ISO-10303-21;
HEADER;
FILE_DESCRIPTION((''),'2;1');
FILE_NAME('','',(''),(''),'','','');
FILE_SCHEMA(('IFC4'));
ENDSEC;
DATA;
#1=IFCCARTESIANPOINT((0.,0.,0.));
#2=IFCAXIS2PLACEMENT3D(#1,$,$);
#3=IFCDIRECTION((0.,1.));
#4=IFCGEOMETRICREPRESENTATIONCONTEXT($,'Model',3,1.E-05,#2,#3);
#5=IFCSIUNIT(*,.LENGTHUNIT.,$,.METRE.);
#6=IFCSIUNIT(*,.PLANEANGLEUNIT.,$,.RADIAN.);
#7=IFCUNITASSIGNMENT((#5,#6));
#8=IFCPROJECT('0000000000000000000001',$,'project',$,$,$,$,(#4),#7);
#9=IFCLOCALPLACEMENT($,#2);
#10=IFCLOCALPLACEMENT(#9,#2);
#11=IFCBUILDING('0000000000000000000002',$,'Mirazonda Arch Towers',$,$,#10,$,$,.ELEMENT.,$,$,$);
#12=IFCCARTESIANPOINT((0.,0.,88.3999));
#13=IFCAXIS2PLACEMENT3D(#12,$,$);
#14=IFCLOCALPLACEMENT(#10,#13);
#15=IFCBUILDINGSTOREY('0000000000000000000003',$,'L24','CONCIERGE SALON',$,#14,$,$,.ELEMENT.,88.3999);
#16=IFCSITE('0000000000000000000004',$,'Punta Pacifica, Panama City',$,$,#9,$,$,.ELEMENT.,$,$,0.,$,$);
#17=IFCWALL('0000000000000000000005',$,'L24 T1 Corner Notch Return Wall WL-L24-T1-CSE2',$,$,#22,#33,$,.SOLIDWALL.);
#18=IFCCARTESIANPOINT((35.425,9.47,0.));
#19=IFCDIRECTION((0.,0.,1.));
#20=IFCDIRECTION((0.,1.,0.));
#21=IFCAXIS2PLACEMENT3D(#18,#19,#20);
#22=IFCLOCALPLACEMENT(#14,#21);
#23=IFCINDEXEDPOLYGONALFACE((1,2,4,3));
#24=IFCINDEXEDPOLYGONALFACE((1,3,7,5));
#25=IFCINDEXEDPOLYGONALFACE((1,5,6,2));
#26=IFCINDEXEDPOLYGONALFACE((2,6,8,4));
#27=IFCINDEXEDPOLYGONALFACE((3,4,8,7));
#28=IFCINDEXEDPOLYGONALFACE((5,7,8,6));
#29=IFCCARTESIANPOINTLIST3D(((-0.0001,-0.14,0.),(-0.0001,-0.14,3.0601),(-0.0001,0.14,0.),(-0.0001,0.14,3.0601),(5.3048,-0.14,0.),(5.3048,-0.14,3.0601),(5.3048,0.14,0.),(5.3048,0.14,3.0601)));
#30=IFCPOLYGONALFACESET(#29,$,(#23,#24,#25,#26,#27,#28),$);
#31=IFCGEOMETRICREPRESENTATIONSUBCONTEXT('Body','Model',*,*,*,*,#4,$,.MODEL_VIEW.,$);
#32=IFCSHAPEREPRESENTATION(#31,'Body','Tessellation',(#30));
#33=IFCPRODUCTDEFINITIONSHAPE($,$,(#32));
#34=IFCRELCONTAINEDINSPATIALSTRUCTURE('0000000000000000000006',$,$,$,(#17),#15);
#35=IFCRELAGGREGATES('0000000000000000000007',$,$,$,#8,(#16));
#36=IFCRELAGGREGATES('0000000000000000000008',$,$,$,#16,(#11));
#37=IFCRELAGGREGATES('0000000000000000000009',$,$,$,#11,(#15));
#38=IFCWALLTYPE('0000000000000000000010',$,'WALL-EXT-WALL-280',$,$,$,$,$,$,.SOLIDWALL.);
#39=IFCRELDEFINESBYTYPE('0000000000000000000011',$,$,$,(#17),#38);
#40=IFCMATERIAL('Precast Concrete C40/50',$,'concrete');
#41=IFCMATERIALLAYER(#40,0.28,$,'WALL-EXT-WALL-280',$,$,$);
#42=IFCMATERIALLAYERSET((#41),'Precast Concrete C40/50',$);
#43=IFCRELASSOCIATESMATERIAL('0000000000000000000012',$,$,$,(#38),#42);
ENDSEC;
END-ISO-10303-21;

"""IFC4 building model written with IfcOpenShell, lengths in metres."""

from ifc_helpers import new_model, si_unit, direction, frame, frame_2d, origin, place, context, subcontext, project, spatial, rectangle, extrude, material, layer, layer_set, type_object, element, save


model = new_model("IFC4")

# Units and contexts
model_context = context("Model", 3, precision=1e-05, world=origin(), true_north=direction((0.0, 1.0)))
body_context = subcontext(model_context, "Body", "Model", "MODEL_VIEW")
ifc_project = project(units=[si_unit("LENGTHUNIT", "METRE"), si_unit("PLANEANGLEUNIT", "RADIAN")], contexts=[model_context])

# Site, building, storey
site_placement = place(None, origin())
site = spatial("IfcSite", under=ifc_project, at=site_placement, Name="Punta Pacifica, Panama City", CompositionType="ELEMENT", RefElevation=0.0)
building_placement = place(site_placement, origin())
building = spatial("IfcBuilding", under=site, at=building_placement, Name="Mirazonda Arch Towers", CompositionType="ELEMENT")
storey_placement = place(building_placement, frame((0.0, 0.0, 88.3999)))
storey = spatial("IfcBuildingStorey", under=building, at=storey_placement, Name="L24", Description="CONCIERGE SALON", CompositionType="ELEMENT", Elevation=88.3999)

# Shared definitions
ifc_material_1 = material(Name="Precast Concrete C40/50", Category="concrete")
ifc_layer_1 = layer(ifc_material_1, 0.28, Name="WALL-EXT-WALL-280")
ifc_layer_set_1 = layer_set([ifc_layer_1], Name="Precast Concrete C40/50")
wall_type_1 = type_object("IfcWallType", Name="WALL-EXT-WALL-280", PredefinedType="SOLIDWALL", material=ifc_layer_set_1)

# Wall
wall_1_placement = place(storey_placement, frame((35.425, 9.47, 0.0), z_axis=(0.0, 0.0, 1.0), x_axis=(0.0, 1.0, 0.0)))
element("IfcWall", 1, at=wall_1_placement, inside=storey, type_object=wall_type_1, Name="L24 T1 Corner Notch Return Wall WL-L24-T1-CSE2", PredefinedType="SOLIDWALL", context=body_context, shape_type="SweptSolid", body=[
    extrude(rectangle(XDim=5.3049, YDim=0.28, at=frame_2d((2.6523, 0.0))), origin(), (0.0, 0.0, 1.0), 3.0601),
])

save(model, "model.ifc")
